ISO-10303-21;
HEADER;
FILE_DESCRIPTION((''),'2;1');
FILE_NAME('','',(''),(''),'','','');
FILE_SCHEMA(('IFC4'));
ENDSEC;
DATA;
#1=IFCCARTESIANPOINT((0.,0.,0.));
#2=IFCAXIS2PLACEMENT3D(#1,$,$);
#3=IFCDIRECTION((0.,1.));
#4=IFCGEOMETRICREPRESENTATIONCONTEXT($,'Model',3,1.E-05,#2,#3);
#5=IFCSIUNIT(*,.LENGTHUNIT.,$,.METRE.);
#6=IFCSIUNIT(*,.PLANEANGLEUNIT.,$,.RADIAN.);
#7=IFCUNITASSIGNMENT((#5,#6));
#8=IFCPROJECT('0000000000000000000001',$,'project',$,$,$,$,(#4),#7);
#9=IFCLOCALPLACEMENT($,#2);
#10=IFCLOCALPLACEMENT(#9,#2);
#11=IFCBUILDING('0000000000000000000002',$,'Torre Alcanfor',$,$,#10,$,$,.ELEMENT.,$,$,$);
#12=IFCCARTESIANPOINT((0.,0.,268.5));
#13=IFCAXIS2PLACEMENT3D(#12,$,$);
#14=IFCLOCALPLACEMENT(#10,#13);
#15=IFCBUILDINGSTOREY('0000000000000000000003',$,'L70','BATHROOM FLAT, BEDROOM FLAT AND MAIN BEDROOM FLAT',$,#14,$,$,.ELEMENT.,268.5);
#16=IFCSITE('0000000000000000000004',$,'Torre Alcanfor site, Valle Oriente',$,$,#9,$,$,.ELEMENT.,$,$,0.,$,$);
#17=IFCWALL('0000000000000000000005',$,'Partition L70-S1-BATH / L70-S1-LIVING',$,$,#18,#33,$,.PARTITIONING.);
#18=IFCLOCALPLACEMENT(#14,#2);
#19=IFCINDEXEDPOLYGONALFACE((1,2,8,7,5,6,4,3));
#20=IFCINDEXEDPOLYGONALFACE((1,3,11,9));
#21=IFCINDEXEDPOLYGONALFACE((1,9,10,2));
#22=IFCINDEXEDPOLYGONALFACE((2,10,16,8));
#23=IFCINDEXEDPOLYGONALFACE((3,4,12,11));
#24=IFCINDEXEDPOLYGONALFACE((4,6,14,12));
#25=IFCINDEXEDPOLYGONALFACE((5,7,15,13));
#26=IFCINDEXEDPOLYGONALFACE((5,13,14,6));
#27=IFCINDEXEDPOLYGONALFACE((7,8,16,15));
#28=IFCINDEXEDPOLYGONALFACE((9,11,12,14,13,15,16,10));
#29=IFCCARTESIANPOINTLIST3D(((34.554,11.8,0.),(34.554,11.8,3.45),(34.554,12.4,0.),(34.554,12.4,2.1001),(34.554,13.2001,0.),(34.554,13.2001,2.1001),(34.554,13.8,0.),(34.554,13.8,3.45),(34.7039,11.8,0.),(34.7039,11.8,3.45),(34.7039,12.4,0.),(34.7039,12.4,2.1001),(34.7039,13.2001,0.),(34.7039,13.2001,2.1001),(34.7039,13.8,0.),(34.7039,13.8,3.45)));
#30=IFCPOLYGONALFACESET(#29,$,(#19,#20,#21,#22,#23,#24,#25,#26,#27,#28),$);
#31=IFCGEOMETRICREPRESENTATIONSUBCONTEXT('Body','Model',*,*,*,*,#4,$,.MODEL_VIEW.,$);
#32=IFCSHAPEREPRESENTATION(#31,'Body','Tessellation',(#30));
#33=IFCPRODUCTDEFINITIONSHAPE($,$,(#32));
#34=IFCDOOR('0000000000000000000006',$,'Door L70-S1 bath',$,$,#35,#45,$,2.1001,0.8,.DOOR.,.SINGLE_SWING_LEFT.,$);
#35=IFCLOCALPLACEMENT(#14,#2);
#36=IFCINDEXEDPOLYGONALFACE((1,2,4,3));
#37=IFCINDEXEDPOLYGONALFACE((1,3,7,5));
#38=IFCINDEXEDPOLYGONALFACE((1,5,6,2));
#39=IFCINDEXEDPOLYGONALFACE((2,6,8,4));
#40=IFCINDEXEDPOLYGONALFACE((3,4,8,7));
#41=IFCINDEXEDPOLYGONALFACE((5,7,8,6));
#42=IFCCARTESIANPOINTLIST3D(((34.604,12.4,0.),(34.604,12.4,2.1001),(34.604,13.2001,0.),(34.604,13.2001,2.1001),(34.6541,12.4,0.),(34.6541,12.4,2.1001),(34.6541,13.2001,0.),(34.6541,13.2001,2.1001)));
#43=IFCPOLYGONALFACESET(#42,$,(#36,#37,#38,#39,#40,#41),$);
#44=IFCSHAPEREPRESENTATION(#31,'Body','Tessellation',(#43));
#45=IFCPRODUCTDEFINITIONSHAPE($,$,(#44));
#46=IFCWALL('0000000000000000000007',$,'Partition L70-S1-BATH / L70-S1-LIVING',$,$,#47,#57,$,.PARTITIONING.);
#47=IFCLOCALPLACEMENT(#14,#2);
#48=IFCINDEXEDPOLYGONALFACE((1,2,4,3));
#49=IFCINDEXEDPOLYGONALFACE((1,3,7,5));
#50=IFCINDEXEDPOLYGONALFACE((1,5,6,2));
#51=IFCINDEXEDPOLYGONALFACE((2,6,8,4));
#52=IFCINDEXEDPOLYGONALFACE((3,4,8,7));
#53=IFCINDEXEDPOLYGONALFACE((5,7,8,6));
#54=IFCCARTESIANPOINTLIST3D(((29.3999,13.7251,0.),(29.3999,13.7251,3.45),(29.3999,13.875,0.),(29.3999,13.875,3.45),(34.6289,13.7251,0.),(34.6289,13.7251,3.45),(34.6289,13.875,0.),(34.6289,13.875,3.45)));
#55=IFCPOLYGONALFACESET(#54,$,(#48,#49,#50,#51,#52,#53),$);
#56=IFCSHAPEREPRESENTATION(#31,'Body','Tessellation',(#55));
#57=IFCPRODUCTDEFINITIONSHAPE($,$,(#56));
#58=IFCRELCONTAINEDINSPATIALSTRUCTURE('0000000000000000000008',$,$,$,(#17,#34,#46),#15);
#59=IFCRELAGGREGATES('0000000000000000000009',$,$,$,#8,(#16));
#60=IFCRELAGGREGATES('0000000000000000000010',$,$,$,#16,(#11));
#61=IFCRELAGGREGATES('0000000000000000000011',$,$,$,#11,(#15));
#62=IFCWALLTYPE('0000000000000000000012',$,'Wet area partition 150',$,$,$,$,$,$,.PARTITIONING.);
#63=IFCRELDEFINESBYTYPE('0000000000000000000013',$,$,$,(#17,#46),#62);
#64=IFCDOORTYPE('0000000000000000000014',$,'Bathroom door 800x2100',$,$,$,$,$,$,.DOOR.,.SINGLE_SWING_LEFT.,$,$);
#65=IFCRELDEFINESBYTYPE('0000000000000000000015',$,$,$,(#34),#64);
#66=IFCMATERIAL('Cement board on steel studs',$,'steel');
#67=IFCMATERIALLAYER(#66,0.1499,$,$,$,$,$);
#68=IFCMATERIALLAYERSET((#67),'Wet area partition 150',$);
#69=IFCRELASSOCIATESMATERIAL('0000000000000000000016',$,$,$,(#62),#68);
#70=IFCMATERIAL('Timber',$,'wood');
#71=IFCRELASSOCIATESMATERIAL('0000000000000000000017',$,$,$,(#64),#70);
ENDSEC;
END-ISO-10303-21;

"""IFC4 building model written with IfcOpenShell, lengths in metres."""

from ifc_helpers import new_model, si_unit, direction, frame, frame_2d, origin, place, context, subcontext, project, spatial, rectangle, extrude, material, layer, layer_set, type_object, element, fill, save


model = new_model("IFC4")

# Units and contexts
model_context = context("Model", 3, precision=1e-05, world=origin(), true_north=direction((0.0, 1.0)))
body_context = subcontext(model_context, "Body", "Model", "MODEL_VIEW")
ifc_project = project(units=[si_unit("LENGTHUNIT", "METRE"), si_unit("PLANEANGLEUNIT", "RADIAN")], contexts=[model_context])

# Site, building, storey
site_placement = place(None, origin())
site = spatial("IfcSite", under=ifc_project, at=site_placement, Name="Torre Alcanfor site, Valle Oriente", CompositionType="ELEMENT", RefElevation=0.0)
building_placement = place(site_placement, origin())
building = spatial("IfcBuilding", under=site, at=building_placement, Name="Torre Alcanfor", CompositionType="ELEMENT")
storey_placement = place(building_placement, frame((0.0, 0.0, 268.5)))
storey = spatial("IfcBuildingStorey", under=building, at=storey_placement, Name="L70", Description="BATHROOM FLAT, BEDROOM FLAT AND MAIN BEDROOM FLAT", CompositionType="ELEMENT", Elevation=268.5)

# Shared definitions
ifc_material_1 = material(Name="Cement board on steel studs", Category="steel")
ifc_layer_1 = layer(ifc_material_1, 0.1499)
ifc_layer_set_1 = layer_set([ifc_layer_1], Name="Wet area partition 150")
wall_type_1 = type_object("IfcWallType", Name="Wet area partition 150", PredefinedType="PARTITIONING", material=ifc_layer_set_1)

# Wall, opening, door
wall_1_placement = place(storey_placement, frame((34.6289, 11.8, 0.0), z_axis=(0.0, 0.0, 1.0), x_axis=(0.0, 1.0, 0.0)))
wall_1 = element("IfcWall", 1, at=wall_1_placement, inside=storey, type_object=wall_type_1, Name="Partition L70-S1-BATH / L70-S1-LIVING", PredefinedType="PARTITIONING", context=body_context, shape_type="SweptSolid", body=[
    extrude(rectangle(XDim=2.0, YDim=0.1499, at=frame_2d((1.0, 0.0))), origin(), (0.0, 0.0, 1.0), 3.45),
])
opening_1_placement = place(wall_1_placement, frame((0.6001, 0.0, 0.0)))
opening_1 = element("IfcOpeningElement", 2, at=opening_1_placement, cuts=wall_1, PredefinedType="OPENING", context=body_context, shape_type="SweptSolid", body=[
    extrude(rectangle(XDim=0.8, YDim=2.1001, at=frame_2d((0.3999, 1.05))), frame((0.0, 0.085, 0.0), z_axis=(0.0, -1.0, 0.0), x_axis=(1.0, 0.0, 0.0)), (0.0, 0.0, 1.0), 0.1699),
])
ifc_material_2 = material(Name="Timber", Category="wood")
door_type_1 = type_object("IfcDoorType", Name="Bathroom door 800x2100", OperationType="SINGLE_SWING_LEFT", PredefinedType="DOOR", material=ifc_material_2)
door_1_placement = place(opening_1_placement, origin())
door_1 = element("IfcDoor", 3, at=door_1_placement, inside=storey, type_object=door_type_1, Name="Door L70-S1 bath", OperationType="SINGLE_SWING_LEFT", OverallHeight=2.1001, OverallWidth=0.8, PredefinedType="DOOR", context=body_context, shape_type="SweptSolid", body=[
    extrude(rectangle(XDim=0.8, YDim=2.1001, at=frame_2d((0.3999, 1.05))), frame((0.0, 0.0249, 0.0), z_axis=(0.0, -1.0, 0.0), x_axis=(1.0, 0.0, 0.0)), (0.0, 0.0, 1.0), 0.05),
])
fill(opening_1, door_1)

# Wall
wall_2_placement = place(storey_placement, frame((34.6289, 13.8, 0.0), z_axis=(0.0, 0.0, 1.0), x_axis=(-1.0, 0.0, 0.0)))
element("IfcWall", 4, at=wall_2_placement, inside=storey, type_object=wall_type_1, Name="Partition L70-S1-BATH / L70-S1-LIVING", PredefinedType="PARTITIONING", context=body_context, shape_type="SweptSolid", body=[
    extrude(rectangle(XDim=5.229, YDim=0.1499, at=frame_2d((2.6145, 0.0))), origin(), (0.0, 0.0, 1.0), 3.45),
])

save(model, "model.ifc")
